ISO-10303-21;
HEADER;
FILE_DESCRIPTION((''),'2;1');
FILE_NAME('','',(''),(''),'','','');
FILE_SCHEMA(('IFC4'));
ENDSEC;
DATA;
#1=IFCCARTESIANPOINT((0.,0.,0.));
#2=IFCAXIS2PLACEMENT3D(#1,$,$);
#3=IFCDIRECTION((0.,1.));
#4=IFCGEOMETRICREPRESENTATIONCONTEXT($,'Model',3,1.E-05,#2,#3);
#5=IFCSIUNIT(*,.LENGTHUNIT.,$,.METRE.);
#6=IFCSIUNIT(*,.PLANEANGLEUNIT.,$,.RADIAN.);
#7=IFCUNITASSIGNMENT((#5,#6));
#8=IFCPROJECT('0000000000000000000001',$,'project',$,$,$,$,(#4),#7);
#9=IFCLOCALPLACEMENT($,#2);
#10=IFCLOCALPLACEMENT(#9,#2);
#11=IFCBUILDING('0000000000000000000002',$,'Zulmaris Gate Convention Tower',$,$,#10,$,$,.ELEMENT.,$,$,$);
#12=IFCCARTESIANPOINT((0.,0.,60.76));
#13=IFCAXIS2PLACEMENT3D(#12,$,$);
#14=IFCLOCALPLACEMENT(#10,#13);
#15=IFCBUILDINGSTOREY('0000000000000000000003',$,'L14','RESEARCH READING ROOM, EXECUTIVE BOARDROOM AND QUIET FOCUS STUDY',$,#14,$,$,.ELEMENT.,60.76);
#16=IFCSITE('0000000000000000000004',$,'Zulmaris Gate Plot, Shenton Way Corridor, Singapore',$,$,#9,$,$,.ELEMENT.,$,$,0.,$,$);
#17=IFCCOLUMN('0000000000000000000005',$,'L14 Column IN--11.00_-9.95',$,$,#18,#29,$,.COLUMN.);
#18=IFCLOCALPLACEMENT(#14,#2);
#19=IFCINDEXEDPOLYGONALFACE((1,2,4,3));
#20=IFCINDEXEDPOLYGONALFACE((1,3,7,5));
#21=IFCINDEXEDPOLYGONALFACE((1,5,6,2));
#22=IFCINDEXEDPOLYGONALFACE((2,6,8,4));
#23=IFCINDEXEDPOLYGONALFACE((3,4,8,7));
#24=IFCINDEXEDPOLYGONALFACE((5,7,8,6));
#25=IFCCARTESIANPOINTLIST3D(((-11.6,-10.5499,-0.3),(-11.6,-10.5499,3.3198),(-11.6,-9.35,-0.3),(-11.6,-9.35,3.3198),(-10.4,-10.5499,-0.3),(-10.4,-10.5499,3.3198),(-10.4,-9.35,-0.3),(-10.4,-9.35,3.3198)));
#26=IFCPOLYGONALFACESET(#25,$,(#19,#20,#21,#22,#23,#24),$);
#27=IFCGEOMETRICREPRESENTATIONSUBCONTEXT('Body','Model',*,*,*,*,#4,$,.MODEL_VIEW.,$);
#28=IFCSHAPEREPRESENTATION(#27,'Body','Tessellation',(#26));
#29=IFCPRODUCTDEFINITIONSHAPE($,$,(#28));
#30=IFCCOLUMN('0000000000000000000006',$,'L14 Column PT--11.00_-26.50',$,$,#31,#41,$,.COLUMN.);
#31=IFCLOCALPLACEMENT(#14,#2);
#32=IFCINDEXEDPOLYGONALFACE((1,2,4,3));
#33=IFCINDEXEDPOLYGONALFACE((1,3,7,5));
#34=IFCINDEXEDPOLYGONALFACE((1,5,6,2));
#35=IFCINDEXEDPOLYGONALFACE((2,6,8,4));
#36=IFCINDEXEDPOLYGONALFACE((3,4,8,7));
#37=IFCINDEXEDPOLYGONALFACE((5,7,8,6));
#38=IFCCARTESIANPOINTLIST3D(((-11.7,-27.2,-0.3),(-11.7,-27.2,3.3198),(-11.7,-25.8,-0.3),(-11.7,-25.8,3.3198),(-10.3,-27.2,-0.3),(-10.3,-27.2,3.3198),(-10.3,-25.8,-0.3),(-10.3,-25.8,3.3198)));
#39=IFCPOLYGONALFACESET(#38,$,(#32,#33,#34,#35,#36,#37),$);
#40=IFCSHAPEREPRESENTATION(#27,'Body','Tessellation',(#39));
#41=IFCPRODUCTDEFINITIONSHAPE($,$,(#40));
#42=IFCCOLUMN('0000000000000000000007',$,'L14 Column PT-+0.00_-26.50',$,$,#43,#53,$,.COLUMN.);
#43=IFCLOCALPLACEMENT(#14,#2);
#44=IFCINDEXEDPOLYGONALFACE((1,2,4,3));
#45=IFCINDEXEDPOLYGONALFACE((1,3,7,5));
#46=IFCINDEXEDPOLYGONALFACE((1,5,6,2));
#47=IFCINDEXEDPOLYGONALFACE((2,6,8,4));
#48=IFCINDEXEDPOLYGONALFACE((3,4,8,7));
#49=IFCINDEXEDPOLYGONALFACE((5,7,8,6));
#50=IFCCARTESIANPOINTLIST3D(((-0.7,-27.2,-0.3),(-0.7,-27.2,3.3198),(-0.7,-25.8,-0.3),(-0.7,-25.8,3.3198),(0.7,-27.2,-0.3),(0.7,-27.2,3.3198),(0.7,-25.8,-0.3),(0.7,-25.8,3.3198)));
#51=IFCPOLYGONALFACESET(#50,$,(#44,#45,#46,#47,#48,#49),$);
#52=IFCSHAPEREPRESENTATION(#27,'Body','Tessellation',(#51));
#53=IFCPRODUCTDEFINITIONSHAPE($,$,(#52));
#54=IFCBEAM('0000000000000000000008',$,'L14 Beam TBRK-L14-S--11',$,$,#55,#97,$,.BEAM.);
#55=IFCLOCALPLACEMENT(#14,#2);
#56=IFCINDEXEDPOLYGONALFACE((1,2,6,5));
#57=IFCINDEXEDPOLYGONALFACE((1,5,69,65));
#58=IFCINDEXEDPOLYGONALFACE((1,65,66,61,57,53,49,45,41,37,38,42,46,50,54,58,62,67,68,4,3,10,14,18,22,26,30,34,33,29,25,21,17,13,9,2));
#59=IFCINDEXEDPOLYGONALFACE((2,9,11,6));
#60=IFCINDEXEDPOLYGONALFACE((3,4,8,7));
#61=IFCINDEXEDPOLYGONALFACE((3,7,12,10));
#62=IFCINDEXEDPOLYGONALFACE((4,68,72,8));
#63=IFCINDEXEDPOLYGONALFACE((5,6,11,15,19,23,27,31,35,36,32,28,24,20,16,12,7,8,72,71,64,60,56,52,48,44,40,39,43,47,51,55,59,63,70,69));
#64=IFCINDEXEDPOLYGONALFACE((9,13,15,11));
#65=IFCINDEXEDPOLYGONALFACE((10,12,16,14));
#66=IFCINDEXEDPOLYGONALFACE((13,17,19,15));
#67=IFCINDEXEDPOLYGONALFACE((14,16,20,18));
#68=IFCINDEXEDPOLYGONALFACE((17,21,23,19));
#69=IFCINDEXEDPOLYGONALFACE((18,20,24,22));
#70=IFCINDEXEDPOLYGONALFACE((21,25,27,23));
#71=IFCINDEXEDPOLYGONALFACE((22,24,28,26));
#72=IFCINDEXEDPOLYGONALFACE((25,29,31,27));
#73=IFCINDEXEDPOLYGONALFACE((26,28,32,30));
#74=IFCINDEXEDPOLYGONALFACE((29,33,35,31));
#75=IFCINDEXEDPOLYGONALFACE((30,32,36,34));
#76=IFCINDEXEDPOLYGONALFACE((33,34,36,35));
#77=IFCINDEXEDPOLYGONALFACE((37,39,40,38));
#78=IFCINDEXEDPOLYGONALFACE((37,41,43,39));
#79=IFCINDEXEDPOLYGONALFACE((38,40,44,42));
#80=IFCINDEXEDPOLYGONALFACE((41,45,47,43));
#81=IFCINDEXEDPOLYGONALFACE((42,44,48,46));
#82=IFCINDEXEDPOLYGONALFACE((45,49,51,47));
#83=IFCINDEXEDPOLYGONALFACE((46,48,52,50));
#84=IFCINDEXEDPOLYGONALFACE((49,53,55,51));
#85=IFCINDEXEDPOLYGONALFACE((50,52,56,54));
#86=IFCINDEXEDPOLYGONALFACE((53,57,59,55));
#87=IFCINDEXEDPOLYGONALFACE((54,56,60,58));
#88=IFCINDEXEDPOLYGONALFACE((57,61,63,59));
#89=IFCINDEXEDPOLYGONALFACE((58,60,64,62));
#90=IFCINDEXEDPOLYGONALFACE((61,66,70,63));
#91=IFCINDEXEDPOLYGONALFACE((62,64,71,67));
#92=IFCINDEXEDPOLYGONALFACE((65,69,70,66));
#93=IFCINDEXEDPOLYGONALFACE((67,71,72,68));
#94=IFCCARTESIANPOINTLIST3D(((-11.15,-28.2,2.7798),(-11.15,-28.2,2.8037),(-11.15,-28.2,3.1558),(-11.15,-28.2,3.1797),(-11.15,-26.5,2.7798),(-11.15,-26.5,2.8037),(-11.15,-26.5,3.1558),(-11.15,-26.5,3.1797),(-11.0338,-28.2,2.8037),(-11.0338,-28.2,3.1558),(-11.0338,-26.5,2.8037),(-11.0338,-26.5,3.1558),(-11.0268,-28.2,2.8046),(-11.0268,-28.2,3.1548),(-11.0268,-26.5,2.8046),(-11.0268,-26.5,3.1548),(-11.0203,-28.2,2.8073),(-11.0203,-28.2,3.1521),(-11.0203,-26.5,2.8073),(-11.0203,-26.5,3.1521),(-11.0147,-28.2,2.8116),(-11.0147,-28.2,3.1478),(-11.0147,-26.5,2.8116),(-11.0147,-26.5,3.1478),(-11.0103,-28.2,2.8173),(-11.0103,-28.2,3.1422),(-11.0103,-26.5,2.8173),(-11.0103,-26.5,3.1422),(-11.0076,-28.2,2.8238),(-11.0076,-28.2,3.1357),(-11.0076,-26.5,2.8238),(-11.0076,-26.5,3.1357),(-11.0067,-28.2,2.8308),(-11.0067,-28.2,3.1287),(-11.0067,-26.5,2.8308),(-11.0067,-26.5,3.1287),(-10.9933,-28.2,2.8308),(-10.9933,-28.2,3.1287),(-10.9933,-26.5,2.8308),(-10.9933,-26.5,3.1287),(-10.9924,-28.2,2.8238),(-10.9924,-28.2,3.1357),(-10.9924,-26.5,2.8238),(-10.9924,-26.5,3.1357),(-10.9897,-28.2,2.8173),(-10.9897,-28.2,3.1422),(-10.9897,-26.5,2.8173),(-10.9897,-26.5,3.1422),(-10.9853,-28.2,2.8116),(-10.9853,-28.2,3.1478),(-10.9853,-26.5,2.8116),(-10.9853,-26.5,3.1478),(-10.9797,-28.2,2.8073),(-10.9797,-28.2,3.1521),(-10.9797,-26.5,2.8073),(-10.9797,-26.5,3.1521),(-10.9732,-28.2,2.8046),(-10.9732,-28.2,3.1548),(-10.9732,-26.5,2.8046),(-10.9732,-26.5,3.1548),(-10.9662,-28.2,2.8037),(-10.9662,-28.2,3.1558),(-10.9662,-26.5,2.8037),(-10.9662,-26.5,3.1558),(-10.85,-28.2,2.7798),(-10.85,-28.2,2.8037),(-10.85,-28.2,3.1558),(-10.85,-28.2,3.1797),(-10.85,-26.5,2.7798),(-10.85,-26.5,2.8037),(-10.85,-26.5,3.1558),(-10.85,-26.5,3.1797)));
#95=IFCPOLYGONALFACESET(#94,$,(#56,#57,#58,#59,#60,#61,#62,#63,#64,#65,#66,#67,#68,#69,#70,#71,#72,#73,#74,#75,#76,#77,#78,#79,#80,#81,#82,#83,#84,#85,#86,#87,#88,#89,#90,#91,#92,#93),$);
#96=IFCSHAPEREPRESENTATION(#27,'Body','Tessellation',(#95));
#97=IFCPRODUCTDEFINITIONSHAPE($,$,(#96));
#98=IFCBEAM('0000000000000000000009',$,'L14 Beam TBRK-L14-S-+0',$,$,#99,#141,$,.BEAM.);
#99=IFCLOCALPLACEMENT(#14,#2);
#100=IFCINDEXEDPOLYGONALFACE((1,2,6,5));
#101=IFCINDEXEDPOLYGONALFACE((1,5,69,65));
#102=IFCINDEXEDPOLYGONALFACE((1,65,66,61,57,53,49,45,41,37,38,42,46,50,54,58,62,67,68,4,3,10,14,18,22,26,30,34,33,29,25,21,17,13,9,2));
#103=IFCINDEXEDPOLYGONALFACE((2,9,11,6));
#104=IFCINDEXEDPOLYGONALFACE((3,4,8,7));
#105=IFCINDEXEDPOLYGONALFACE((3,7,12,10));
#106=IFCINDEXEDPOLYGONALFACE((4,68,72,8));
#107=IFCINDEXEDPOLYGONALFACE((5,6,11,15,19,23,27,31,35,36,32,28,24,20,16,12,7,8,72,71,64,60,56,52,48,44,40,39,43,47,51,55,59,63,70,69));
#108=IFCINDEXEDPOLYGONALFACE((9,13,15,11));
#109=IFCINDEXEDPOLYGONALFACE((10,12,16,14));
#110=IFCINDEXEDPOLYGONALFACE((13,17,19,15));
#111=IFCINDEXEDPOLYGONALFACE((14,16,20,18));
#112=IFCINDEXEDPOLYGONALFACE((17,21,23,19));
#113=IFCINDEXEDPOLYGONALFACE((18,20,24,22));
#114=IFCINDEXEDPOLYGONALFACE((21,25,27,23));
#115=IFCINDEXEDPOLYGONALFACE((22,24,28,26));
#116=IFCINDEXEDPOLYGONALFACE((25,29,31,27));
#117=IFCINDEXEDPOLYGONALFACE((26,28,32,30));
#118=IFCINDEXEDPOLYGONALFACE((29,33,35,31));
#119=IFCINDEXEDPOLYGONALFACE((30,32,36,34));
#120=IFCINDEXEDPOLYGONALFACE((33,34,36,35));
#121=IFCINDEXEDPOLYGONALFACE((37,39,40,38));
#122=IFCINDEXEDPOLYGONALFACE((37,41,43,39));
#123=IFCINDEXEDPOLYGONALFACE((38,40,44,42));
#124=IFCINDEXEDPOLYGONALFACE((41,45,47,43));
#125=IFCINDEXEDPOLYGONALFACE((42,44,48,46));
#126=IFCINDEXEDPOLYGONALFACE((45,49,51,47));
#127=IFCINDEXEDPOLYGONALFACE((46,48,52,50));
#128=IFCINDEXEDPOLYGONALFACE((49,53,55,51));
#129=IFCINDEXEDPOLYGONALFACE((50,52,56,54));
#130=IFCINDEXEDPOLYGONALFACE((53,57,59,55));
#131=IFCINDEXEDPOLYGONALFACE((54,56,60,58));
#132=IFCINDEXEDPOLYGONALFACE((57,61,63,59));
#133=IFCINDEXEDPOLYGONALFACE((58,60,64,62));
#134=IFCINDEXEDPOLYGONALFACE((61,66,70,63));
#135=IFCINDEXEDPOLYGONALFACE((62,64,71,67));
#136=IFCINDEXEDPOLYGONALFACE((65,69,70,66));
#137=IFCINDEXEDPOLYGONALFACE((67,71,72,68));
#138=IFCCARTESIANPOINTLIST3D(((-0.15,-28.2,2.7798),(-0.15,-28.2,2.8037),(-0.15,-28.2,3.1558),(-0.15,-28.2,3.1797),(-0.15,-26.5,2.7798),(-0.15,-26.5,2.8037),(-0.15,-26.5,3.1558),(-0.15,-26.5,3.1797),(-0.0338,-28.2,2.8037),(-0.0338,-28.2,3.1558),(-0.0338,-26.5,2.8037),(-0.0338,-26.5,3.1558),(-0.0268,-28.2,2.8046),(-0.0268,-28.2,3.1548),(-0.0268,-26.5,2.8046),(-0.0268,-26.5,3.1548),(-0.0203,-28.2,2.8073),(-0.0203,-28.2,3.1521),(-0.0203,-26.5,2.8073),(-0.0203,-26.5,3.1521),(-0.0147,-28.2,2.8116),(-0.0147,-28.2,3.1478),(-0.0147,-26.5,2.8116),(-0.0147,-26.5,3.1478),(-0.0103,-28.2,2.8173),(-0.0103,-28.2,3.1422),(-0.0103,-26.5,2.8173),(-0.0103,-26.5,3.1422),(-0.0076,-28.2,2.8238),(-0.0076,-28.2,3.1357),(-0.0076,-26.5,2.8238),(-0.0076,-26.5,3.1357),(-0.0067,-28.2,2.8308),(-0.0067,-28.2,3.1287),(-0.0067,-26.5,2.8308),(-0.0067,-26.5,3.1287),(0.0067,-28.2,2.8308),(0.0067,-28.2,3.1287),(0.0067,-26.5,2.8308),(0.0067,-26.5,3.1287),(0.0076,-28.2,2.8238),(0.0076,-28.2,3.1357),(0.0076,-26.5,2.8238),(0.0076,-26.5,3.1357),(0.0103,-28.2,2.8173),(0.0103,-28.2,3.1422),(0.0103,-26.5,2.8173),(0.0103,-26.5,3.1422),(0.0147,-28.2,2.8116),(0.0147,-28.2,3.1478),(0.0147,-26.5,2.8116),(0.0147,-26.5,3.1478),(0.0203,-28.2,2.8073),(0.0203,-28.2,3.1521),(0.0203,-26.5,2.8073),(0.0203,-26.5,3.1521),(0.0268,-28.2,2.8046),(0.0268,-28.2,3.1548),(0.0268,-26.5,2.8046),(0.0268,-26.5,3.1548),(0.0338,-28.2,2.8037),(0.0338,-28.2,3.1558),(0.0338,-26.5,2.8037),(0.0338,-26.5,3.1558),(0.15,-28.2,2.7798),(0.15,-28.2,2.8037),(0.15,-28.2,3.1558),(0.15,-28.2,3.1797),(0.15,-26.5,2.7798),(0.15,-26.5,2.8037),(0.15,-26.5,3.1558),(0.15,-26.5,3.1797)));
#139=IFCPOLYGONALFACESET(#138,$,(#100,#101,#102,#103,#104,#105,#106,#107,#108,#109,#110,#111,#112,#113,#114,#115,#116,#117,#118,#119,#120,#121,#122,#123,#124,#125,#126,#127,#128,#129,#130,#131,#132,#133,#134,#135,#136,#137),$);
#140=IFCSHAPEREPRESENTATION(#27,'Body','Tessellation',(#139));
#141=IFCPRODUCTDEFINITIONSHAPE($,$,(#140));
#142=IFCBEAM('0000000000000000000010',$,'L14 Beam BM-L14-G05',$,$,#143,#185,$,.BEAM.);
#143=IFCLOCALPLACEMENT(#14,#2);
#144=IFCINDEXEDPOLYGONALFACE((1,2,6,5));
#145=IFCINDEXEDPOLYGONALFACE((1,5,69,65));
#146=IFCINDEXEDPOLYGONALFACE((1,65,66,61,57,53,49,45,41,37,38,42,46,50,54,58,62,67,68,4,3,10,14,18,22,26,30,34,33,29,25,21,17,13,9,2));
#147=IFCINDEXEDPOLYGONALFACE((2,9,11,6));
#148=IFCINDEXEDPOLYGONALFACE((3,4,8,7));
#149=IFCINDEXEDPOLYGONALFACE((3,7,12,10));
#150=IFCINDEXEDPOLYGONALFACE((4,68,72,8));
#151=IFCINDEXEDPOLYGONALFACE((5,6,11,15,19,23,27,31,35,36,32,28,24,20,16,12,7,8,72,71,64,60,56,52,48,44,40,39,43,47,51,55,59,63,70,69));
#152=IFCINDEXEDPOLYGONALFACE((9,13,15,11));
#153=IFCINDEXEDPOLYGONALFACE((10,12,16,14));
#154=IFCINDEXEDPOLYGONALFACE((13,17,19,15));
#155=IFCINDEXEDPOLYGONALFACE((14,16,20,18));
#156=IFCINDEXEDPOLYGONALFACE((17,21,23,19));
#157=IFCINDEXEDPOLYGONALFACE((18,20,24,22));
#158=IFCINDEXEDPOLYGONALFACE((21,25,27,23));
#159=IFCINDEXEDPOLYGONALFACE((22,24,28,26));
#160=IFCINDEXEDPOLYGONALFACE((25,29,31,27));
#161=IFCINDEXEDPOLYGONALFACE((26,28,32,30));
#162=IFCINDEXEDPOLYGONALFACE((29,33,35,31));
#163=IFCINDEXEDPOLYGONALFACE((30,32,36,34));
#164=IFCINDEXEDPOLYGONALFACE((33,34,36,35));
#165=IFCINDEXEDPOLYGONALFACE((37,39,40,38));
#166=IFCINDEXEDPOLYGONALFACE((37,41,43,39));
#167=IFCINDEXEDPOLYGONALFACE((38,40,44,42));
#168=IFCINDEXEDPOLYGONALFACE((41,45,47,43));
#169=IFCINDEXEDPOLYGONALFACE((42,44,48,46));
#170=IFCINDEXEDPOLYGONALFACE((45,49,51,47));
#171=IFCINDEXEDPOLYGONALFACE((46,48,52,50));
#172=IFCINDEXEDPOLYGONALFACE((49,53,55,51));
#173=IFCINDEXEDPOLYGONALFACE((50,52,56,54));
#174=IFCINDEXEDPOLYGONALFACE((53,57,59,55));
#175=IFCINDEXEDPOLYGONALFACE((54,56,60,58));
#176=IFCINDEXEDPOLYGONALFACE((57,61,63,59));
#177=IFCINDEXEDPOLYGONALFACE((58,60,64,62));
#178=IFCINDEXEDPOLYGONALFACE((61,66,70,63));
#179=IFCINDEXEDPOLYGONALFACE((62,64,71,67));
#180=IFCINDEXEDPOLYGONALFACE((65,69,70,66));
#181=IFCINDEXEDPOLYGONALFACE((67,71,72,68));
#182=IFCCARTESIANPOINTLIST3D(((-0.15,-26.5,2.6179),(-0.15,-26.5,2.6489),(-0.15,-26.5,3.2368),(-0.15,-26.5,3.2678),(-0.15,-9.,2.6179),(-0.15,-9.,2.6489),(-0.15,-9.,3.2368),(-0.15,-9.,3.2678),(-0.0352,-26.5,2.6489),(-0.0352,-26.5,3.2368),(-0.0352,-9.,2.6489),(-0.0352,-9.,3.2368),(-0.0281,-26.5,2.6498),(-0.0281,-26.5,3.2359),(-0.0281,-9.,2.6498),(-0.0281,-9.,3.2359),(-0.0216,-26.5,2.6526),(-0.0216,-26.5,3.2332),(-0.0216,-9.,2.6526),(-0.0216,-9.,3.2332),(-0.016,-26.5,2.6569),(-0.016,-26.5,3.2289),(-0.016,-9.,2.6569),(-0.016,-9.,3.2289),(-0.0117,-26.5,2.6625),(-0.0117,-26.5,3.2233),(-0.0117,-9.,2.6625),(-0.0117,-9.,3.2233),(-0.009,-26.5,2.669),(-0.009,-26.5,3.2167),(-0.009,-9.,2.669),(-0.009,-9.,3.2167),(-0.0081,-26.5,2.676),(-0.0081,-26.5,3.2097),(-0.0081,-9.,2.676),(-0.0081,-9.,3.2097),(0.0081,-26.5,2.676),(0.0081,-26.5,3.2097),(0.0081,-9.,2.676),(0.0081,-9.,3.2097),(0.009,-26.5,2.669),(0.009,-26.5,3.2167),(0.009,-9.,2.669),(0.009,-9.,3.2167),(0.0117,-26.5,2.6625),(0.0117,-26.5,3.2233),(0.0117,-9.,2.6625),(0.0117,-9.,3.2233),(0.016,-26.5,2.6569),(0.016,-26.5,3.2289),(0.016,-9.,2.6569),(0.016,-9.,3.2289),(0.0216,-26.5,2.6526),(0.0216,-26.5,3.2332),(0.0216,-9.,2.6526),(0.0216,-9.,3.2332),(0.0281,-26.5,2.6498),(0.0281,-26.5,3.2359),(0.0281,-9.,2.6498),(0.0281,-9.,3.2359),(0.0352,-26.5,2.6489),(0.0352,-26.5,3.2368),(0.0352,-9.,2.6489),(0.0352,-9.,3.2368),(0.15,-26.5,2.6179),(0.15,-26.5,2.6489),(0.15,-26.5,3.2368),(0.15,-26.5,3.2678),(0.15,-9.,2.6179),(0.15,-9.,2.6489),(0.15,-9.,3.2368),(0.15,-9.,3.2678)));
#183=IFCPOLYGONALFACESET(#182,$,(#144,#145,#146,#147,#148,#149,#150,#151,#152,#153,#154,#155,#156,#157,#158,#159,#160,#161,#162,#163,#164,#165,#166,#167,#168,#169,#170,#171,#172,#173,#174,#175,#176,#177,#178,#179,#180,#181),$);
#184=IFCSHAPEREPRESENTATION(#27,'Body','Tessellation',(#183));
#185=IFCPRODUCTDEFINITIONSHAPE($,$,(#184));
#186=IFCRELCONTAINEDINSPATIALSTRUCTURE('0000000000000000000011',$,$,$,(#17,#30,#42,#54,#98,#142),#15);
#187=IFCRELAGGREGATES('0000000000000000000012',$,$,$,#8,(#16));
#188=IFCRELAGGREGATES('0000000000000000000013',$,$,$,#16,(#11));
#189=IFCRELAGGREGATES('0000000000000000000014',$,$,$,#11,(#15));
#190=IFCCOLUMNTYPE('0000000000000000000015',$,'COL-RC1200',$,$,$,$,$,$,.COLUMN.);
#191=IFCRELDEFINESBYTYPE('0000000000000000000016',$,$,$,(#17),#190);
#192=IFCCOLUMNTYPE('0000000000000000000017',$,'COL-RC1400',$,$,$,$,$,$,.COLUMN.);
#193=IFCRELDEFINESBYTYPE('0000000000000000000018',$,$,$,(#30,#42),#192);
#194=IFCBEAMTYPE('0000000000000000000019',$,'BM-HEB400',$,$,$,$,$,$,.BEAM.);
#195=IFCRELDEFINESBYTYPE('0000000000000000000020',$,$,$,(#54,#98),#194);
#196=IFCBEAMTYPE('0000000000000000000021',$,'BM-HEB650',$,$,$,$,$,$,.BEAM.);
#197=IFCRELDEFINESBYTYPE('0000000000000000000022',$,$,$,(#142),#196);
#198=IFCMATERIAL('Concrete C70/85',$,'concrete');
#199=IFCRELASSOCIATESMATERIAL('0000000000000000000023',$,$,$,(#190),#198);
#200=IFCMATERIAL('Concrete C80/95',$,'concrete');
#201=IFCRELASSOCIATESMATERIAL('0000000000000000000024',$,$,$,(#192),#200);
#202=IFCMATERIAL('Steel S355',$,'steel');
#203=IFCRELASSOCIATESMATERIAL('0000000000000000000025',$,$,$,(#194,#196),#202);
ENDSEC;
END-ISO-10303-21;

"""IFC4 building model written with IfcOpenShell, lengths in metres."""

from ifc_helpers import new_model, si_unit, direction, frame, origin, origin_2d, place, context, subcontext, project, spatial, rectangle, i_section, extrude, material, material_profile, profile_set, type_object, element, save


model = new_model("IFC4")

# Units and contexts
model_context = context("Model", 3, precision=1e-05, world=origin(), true_north=direction((0.0, 1.0)))
body_context = subcontext(model_context, "Body", "Model", "MODEL_VIEW")
ifc_project = project(units=[si_unit("LENGTHUNIT", "METRE"), si_unit("PLANEANGLEUNIT", "RADIAN")], contexts=[model_context])

# Site, building, storey
site_placement = place(None, origin())
site = spatial("IfcSite", under=ifc_project, at=site_placement, Name="Zulmaris Gate Plot, Shenton Way Corridor, Singapore", CompositionType="ELEMENT", RefElevation=0.0)
building_placement = place(site_placement, origin())
building = spatial("IfcBuilding", under=site, at=building_placement, Name="Zulmaris Gate Convention Tower", CompositionType="ELEMENT")
storey_placement = place(building_placement, frame((0.0, 0.0, 60.76)))
storey = spatial("IfcBuildingStorey", under=building, at=storey_placement, Name="L14", Description="RESEARCH READING ROOM, EXECUTIVE BOARDROOM AND QUIET FOCUS STUDY", CompositionType="ELEMENT", Elevation=60.76)

# Columns
ifc_material_1 = material(Name="Concrete C70/85", Category="concrete")
ifc_material_profile_1 = material_profile(ifc_material_1, rectangle(XDim=1.2, YDim=1.2, at=origin_2d()), Name="RC COL 1200x1200")
ifc_profile_set_1 = profile_set([ifc_material_profile_1], Name="Concrete C70/85")
column_type_1 = type_object("IfcColumnType", Name="COL-RC1200", PredefinedType="COLUMN", material=ifc_profile_set_1)
column_placement = place(storey_placement, frame((-11.0, -9.95, -0.3), z_axis=(0.0, 0.0, 1.0), x_axis=(1.0, 0.0, 0.0)))
element("IfcColumn", 1, at=column_placement, inside=storey, type_object=column_type_1, Name="L14 Column IN--11.00_-9.95", PredefinedType="COLUMN", context=body_context, shape_type="SweptSolid", body=[
    extrude(rectangle(XDim=1.2, YDim=1.2, at=origin_2d()), origin(), (0.0, 0.0, 1.0), 3.6199),
])
ifc_material_2 = material(Name="Concrete C80/95", Category="concrete")
ifc_material_profile_2 = material_profile(ifc_material_2, rectangle(XDim=1.3999, YDim=1.3999, at=origin_2d()), Name="RC COL 1400x1400")
ifc_profile_set_2 = profile_set([ifc_material_profile_2], Name="Concrete C80/95")
column_type_2 = type_object("IfcColumnType", Name="COL-RC1400", PredefinedType="COLUMN", material=ifc_profile_set_2)
for number, where, z_axis, x_axis, name in (
    (2, (-11.0, -26.5, -0.3), (0.0, 0.0, 1.0), (1.0, 0.0, 0.0), "L14 Column PT--11.00_-26.50"),
    (3, (0.0, -26.5, -0.3), (0.0, 0.0, 1.0), (1.0, 0.0, 0.0), "L14 Column PT-+0.00_-26.50"),
):
    element("IfcColumn", number, at=place(storey_placement, frame(where, z_axis=z_axis, x_axis=x_axis)), inside=storey, type_object=column_type_2, Name=name, PredefinedType="COLUMN", context=body_context, shape_type="SweptSolid", body=[
        extrude(rectangle(XDim=1.3999, YDim=1.3999, at=origin_2d()), origin(), (0.0, 0.0, 1.0), 3.6199),
    ])

# Beams
ifc_material_3 = material(Name="Steel S355", Category="steel")
ifc_material_profile_3 = material_profile(ifc_material_3, i_section(OverallWidth=0.3, OverallDepth=0.3999, WebThickness=0.0134, FlangeThickness=0.0239, FilletRadius=0.0271, at=origin_2d()), Name="HEB 400")
ifc_profile_set_3 = profile_set([ifc_material_profile_3], Name="Steel S355")
beam_type_1 = type_object("IfcBeamType", Name="BM-HEB400", PredefinedType="BEAM", material=ifc_profile_set_3)
for number, where, z_axis, x_axis, name in (
    (4, (-11.0, -28.2, 2.9797), (0.0, 1.0, 0.0), (-1.0, 0.0, 0.0), "L14 Beam TBRK-L14-S--11"),
    (5, (0.0, -28.2, 2.9797), (0.0, 1.0, 0.0), (-1.0, 0.0, 0.0), "L14 Beam TBRK-L14-S-+0"),
):
    element("IfcBeam", number, at=place(storey_placement, frame(where, z_axis=z_axis, x_axis=x_axis)), inside=storey, type_object=beam_type_1, Name=name, PredefinedType="BEAM", context=body_context, shape_type="SweptSolid", body=[
        extrude(i_section(OverallWidth=0.3, OverallDepth=0.3999, WebThickness=0.0134, FlangeThickness=0.0239, FilletRadius=0.0271, at=origin_2d()), origin(), (0.0, 0.0, 1.0), 1.7),
    ])
ifc_material_profile_4 = material_profile(ifc_material_3, i_section(OverallWidth=0.3, OverallDepth=0.6499, WebThickness=0.0161, FlangeThickness=0.031, FilletRadius=0.0271, at=origin_2d()), Name="HEB 650")
ifc_profile_set_4 = profile_set([ifc_material_profile_4], Name="Steel S355")
beam_type_2 = type_object("IfcBeamType", Name="BM-HEB650", PredefinedType="BEAM", material=ifc_profile_set_4)
beam_1_placement = place(storey_placement, frame((0.0, -26.5, 2.9429), z_axis=(0.0, 1.0, 0.0), x_axis=(-1.0, 0.0, 0.0)))
element("IfcBeam", 6, at=beam_1_placement, inside=storey, type_object=beam_type_2, Name="L14 Beam BM-L14-G05", PredefinedType="BEAM", context=body_context, shape_type="SweptSolid", body=[
    extrude(i_section(OverallWidth=0.3, OverallDepth=0.6499, WebThickness=0.0161, FlangeThickness=0.031, FilletRadius=0.0271, at=origin_2d()), origin(), (0.0, 0.0, 1.0), 17.5),
])

save(model, "model.ifc")
